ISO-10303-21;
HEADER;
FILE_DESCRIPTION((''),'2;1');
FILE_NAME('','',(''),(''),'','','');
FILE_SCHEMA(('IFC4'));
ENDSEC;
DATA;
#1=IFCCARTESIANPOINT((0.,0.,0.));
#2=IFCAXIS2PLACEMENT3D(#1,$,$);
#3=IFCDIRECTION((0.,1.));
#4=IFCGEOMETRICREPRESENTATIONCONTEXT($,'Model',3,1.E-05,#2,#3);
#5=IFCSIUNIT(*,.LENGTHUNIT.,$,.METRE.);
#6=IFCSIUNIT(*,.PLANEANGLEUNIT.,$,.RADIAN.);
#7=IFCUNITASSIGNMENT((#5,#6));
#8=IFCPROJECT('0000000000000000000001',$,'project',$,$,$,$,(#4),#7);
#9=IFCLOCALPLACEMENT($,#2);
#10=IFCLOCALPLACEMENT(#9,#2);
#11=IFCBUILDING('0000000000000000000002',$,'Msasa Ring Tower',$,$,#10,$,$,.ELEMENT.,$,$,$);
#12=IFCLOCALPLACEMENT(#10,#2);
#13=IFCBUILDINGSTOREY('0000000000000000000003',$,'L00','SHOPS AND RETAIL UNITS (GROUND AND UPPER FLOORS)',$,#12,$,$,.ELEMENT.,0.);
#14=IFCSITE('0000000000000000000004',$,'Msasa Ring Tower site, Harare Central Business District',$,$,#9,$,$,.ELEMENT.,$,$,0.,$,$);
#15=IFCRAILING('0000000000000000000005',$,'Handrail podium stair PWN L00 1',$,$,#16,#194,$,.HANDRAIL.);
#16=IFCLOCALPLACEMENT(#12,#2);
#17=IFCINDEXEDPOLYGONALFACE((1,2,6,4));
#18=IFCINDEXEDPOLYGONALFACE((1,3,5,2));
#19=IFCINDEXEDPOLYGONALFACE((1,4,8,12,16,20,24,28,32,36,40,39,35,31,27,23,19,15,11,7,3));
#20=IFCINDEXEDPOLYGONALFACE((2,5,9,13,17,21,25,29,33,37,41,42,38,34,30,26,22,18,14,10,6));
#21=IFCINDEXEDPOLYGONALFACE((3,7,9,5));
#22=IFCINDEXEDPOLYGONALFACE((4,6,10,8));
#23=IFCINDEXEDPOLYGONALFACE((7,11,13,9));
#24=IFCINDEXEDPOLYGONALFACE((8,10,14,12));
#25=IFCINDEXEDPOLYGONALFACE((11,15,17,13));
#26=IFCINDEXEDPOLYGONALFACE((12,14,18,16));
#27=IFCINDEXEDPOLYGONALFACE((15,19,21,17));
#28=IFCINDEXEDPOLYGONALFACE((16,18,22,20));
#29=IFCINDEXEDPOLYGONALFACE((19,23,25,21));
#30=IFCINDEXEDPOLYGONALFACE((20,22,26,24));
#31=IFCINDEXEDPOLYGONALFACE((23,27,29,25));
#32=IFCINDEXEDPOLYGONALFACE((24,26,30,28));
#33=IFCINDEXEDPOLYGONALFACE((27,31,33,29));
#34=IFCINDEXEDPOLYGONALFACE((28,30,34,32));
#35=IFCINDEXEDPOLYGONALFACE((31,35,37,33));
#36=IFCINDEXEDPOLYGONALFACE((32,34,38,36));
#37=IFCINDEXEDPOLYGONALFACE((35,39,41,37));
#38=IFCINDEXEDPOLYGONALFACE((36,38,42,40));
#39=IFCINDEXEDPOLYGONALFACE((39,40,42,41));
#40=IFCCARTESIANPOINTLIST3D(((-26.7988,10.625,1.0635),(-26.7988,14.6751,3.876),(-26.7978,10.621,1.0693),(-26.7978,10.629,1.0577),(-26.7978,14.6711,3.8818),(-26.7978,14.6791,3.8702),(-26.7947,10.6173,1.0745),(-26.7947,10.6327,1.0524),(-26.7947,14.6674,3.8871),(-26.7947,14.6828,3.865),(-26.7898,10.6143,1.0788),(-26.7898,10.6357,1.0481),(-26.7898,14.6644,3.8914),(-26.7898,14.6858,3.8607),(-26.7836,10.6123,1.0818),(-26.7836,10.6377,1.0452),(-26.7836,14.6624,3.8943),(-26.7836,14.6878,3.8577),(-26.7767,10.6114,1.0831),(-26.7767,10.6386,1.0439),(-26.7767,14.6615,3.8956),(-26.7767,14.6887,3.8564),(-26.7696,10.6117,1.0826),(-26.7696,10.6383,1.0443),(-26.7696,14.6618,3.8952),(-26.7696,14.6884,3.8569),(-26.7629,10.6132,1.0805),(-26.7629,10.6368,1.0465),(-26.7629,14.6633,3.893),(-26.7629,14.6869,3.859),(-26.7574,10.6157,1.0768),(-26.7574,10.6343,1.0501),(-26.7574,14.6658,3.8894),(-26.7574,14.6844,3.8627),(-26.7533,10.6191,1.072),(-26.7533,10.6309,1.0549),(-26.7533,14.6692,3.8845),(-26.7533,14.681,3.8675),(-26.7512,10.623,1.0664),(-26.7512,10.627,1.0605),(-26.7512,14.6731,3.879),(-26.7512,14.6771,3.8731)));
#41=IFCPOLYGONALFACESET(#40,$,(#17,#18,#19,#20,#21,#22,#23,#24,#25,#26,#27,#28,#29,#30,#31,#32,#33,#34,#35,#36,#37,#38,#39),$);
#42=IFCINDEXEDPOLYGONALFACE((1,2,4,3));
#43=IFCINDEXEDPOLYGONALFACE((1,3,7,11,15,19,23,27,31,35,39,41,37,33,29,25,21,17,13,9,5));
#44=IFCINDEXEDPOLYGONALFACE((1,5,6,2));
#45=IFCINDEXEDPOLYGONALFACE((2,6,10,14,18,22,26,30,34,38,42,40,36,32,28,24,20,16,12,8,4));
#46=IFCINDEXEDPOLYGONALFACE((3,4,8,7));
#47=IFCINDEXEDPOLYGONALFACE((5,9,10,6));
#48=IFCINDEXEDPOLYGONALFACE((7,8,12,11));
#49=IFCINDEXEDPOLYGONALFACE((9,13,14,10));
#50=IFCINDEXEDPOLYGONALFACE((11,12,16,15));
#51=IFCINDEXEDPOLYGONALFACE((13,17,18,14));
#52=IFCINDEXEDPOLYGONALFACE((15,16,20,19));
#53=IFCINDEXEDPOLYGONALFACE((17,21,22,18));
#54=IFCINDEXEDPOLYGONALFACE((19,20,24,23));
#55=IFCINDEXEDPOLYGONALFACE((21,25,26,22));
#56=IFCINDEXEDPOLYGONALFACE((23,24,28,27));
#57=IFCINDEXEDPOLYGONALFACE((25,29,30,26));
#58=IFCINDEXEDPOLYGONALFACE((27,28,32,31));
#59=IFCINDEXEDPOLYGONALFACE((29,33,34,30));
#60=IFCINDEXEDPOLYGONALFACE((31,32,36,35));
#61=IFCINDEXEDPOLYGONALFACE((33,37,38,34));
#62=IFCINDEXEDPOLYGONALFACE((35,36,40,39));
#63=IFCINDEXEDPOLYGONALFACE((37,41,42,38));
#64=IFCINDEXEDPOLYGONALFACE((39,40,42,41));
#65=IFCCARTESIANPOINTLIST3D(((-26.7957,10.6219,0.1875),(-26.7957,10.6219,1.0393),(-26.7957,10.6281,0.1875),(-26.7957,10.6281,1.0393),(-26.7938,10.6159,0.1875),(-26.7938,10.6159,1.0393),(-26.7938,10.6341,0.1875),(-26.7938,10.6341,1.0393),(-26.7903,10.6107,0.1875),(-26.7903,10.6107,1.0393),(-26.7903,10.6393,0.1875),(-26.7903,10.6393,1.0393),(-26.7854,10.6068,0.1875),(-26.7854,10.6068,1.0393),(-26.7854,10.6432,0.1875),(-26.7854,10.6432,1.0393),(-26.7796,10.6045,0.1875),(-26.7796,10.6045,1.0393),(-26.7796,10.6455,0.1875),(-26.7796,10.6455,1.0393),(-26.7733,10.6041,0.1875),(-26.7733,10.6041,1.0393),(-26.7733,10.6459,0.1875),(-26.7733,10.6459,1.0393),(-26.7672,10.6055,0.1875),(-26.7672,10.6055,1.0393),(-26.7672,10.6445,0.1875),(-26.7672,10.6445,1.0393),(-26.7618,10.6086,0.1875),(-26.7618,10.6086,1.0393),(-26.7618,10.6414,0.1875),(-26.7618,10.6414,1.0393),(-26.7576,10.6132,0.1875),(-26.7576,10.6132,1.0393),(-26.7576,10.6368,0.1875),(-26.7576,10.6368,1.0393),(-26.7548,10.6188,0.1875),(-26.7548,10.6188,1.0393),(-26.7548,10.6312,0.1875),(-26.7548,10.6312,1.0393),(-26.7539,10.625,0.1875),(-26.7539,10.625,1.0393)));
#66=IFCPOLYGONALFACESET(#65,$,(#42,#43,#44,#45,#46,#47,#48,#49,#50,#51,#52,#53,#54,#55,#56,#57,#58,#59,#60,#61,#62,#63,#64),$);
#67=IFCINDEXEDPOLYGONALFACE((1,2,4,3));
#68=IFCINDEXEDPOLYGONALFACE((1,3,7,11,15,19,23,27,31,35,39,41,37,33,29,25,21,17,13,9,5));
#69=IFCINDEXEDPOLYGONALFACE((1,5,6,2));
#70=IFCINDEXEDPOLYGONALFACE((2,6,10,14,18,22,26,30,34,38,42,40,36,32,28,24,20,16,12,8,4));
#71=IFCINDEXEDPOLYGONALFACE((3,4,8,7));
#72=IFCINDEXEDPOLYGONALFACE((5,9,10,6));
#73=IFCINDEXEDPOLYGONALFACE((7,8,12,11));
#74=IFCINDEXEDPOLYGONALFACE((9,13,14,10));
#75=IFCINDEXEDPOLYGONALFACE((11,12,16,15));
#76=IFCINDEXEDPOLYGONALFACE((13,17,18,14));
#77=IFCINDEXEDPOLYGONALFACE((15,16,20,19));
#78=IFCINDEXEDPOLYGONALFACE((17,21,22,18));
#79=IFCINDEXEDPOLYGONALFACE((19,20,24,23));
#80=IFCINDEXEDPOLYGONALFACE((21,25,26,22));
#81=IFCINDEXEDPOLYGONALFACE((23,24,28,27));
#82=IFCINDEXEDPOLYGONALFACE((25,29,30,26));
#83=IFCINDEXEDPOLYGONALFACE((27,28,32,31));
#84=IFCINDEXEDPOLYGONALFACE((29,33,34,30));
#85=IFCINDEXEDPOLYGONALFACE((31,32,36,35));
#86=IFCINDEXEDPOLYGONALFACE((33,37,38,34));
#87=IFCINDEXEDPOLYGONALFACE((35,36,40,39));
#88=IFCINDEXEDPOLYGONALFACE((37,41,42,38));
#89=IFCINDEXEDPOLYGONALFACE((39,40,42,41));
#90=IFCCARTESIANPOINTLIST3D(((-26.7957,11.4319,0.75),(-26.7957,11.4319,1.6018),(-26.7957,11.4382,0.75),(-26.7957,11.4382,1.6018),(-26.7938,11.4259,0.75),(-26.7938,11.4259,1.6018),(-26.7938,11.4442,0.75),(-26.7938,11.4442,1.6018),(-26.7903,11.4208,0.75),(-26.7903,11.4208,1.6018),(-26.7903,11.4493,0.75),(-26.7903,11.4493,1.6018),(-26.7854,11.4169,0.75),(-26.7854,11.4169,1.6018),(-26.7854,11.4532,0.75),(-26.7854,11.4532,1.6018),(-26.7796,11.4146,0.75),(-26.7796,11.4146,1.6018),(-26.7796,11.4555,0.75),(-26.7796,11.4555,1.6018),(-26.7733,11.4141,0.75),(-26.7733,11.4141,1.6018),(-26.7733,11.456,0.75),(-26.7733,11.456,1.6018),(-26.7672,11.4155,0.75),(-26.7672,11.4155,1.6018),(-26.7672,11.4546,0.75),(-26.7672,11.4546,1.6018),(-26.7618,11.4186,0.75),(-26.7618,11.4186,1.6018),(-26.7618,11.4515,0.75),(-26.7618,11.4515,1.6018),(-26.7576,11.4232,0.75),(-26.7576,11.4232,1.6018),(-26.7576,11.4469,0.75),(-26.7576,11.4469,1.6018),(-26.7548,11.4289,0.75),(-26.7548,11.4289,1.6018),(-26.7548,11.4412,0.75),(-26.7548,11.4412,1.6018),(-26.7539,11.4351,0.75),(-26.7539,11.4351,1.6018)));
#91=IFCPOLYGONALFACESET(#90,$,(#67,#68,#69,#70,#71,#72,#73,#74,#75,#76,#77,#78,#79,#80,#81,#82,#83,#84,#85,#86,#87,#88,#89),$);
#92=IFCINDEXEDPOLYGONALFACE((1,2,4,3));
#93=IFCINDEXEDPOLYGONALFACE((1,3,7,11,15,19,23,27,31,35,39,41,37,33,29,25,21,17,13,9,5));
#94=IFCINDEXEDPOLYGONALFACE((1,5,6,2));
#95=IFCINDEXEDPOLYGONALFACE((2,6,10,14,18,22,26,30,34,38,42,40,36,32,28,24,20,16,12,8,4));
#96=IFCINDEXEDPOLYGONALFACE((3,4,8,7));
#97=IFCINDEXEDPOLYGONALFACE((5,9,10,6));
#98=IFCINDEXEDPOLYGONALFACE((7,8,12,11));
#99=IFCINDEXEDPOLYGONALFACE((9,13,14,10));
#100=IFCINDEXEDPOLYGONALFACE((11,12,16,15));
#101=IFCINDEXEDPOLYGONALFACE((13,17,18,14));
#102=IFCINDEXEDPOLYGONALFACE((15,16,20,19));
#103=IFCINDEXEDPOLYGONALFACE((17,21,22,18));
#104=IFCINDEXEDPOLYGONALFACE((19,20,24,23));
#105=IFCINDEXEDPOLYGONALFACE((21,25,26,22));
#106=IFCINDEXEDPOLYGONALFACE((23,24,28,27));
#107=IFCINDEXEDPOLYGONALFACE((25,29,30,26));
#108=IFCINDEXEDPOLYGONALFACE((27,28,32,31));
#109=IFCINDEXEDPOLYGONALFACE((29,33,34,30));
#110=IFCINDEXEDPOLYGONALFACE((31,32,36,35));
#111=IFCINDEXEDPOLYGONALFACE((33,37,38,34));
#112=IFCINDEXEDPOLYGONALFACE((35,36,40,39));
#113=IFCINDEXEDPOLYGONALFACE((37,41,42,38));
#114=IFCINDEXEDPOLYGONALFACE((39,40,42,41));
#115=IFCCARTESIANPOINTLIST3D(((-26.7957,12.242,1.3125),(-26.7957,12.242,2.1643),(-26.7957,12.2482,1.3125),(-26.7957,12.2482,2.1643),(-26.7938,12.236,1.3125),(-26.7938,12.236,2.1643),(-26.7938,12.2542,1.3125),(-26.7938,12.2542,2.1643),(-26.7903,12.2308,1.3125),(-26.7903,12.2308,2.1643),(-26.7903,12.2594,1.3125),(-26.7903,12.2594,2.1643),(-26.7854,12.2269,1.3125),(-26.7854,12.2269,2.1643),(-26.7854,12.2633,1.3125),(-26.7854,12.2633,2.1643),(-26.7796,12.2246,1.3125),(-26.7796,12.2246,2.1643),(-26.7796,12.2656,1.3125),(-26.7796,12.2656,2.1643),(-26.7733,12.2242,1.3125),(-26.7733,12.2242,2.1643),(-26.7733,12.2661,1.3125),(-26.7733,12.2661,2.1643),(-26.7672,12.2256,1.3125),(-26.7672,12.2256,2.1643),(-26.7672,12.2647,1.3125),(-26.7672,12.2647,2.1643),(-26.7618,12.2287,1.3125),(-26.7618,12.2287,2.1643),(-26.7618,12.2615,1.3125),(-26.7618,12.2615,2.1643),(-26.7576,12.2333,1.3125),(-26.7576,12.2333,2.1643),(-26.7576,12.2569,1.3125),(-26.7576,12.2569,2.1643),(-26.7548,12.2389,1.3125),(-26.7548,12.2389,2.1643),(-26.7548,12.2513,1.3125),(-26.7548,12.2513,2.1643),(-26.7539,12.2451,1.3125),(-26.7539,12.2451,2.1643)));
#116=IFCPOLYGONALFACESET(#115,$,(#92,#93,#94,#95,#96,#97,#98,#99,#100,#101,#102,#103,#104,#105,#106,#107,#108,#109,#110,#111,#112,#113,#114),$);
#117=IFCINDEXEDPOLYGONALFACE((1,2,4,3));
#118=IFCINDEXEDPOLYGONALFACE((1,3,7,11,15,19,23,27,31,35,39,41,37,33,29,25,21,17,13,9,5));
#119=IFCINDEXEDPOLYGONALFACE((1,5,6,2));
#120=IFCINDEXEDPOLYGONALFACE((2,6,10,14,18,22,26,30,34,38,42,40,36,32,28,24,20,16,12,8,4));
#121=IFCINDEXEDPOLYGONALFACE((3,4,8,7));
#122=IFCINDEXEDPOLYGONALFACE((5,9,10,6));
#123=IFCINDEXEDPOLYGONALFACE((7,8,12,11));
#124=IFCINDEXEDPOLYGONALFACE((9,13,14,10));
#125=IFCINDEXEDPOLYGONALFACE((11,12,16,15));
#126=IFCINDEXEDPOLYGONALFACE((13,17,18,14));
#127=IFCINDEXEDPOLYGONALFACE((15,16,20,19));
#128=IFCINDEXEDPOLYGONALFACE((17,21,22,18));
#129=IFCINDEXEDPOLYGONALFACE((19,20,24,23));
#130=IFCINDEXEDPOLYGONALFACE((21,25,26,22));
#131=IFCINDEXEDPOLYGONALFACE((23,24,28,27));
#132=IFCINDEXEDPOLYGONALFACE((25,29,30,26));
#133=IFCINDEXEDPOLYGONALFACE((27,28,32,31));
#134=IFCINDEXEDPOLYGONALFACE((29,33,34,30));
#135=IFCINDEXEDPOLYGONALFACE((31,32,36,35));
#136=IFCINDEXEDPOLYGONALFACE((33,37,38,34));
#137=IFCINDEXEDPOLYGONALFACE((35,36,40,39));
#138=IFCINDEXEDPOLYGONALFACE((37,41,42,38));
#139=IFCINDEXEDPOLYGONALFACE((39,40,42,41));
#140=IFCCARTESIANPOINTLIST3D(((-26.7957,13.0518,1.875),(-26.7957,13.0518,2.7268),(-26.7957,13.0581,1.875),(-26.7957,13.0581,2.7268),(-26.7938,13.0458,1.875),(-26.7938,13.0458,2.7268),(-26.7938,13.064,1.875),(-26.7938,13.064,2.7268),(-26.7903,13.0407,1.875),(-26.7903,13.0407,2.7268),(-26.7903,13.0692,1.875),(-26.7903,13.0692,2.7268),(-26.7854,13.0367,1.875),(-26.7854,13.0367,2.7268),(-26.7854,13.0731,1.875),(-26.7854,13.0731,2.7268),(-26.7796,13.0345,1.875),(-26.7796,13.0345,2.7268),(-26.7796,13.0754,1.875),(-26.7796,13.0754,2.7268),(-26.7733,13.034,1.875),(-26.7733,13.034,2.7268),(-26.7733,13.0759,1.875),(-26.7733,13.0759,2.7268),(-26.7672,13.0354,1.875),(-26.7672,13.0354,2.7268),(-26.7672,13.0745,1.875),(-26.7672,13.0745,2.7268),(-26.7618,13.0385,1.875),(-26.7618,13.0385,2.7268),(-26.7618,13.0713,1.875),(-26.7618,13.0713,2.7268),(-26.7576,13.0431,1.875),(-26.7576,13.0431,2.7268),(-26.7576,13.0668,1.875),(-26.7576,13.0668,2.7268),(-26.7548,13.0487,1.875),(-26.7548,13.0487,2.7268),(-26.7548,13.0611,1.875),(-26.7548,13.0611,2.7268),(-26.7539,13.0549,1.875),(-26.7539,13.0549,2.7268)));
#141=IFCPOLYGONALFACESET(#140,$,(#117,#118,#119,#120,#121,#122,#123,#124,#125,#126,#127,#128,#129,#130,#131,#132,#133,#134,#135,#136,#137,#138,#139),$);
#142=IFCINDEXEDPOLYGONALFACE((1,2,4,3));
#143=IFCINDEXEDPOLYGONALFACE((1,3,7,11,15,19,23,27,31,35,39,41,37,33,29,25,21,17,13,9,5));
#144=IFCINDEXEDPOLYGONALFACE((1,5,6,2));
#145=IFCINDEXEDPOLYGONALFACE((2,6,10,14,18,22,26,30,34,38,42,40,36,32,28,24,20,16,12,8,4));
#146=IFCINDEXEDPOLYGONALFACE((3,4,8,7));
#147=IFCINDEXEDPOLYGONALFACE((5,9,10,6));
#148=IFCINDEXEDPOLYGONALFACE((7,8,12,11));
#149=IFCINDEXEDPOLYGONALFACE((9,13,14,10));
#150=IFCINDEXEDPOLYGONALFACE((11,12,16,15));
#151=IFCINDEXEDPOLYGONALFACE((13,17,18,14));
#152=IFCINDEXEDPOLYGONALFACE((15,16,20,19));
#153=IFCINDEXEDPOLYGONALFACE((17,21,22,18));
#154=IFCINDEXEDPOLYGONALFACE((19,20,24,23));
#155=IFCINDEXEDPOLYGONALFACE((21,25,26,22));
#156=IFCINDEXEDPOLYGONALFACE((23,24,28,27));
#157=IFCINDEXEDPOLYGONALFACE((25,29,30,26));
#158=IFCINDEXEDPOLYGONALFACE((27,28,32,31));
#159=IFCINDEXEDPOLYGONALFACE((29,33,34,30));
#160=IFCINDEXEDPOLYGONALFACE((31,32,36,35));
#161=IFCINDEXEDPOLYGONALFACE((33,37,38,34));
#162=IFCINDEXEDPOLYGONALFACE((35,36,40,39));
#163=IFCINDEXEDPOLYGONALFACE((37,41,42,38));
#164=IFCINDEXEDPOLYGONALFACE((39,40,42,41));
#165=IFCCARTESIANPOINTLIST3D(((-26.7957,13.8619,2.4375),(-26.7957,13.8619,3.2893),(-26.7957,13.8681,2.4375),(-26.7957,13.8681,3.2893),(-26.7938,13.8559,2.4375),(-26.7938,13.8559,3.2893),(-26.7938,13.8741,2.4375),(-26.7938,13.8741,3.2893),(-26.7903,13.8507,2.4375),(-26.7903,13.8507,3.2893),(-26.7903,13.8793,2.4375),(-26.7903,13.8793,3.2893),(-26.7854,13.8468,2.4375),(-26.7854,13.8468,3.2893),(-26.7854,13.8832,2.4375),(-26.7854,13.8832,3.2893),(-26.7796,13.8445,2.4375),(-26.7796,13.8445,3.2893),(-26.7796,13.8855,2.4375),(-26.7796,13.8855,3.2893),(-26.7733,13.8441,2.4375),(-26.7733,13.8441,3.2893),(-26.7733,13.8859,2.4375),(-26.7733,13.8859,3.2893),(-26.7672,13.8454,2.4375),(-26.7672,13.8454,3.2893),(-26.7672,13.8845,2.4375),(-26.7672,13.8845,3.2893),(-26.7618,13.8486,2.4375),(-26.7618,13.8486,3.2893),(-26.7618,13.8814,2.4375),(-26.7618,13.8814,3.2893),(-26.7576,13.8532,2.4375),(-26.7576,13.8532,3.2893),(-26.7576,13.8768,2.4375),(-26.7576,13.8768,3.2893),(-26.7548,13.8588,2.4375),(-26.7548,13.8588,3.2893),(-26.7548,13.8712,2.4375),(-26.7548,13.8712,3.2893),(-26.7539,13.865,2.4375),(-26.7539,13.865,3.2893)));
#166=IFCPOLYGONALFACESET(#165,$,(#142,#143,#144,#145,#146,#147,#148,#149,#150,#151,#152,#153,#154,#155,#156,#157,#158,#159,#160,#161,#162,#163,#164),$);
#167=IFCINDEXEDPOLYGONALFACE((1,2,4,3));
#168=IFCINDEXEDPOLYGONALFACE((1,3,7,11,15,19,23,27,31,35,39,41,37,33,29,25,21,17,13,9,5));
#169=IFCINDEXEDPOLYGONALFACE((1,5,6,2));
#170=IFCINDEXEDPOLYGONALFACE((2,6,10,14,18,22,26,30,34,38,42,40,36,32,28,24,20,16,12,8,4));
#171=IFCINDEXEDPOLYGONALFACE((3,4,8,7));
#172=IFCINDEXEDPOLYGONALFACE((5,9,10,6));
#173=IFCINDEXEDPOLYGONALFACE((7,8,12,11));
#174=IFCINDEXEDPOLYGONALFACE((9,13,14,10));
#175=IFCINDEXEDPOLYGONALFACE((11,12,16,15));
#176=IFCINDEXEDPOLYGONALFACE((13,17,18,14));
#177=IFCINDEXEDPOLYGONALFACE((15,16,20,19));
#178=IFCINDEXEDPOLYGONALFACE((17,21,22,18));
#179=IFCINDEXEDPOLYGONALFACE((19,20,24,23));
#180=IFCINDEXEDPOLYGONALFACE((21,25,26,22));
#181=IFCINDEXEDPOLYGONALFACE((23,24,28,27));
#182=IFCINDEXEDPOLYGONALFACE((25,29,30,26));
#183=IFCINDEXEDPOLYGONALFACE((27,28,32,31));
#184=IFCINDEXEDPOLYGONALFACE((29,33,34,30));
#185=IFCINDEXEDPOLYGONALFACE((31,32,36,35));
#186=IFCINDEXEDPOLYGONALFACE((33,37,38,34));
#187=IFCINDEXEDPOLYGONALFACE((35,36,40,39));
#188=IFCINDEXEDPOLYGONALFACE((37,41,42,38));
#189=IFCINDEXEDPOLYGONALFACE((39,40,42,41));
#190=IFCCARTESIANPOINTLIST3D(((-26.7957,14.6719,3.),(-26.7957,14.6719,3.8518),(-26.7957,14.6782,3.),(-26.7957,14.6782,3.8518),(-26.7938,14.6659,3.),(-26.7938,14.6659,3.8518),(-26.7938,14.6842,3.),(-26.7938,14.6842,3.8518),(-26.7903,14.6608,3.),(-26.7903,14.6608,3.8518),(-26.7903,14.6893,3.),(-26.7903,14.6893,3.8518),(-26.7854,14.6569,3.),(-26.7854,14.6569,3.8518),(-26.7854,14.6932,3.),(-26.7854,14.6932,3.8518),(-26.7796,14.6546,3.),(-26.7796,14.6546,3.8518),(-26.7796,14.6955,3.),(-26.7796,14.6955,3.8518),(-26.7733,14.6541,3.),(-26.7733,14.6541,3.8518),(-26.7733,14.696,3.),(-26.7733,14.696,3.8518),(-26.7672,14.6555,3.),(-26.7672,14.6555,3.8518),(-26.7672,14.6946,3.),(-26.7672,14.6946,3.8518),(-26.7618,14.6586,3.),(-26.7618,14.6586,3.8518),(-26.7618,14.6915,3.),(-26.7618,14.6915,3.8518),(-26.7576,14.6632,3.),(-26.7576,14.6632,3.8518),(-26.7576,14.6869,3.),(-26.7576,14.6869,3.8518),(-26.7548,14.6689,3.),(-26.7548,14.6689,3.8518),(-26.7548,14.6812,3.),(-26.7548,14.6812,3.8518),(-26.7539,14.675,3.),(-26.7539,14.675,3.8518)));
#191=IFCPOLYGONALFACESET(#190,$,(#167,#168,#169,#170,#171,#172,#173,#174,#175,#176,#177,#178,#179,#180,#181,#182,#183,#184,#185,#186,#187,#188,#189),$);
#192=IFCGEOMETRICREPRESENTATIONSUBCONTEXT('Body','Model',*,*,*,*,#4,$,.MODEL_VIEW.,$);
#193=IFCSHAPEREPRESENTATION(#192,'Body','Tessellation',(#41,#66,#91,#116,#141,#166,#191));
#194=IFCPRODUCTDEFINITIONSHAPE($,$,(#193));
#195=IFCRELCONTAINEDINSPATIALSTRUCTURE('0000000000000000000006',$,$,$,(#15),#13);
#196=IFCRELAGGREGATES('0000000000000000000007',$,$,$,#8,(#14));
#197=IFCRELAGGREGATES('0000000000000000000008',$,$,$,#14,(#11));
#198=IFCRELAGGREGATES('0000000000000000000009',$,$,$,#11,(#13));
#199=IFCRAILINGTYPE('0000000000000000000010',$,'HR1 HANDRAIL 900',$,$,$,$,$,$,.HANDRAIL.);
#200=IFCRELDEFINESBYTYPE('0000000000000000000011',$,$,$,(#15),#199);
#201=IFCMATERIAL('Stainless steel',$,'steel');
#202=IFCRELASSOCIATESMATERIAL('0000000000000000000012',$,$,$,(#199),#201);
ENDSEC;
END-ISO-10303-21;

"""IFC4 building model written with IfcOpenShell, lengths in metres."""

from ifc_helpers import new_model, si_unit, direction, frame, origin, origin_2d, place, context, subcontext, project, spatial, circle, extrude, material, type_object, element, save


model = new_model("IFC4")

# Units and contexts
model_context = context("Model", 3, precision=1e-05, world=origin(), true_north=direction((0.0, 1.0)))
body_context = subcontext(model_context, "Body", "Model", "MODEL_VIEW")
ifc_project = project(units=[si_unit("LENGTHUNIT", "METRE"), si_unit("PLANEANGLEUNIT", "RADIAN")], contexts=[model_context])

# Site, building, storey
site_placement = place(None, origin())
site = spatial("IfcSite", under=ifc_project, at=site_placement, Name="Msasa Ring Tower site, Harare Central Business District", CompositionType="ELEMENT", RefElevation=0.0)
building_placement = place(site_placement, origin())
building = spatial("IfcBuilding", under=site, at=building_placement, Name="Msasa Ring Tower", CompositionType="ELEMENT")
storey_placement = place(building_placement, origin())
storey = spatial("IfcBuildingStorey", under=building, at=storey_placement, Name="L00", Description="SHOPS AND RETAIL UNITS (GROUND AND UPPER FLOORS)", CompositionType="ELEMENT", Elevation=0.0)

# Railing
ifc_material_1 = material(Name="Stainless steel", Category="steel")
railing_type = type_object("IfcRailingType", Name="HR1 HANDRAIL 900", PredefinedType="HANDRAIL", material=ifc_material_1)
for number, where, name in (
    (1, (-26.7749, 10.625, 0.1875), "Handrail podium stair PWN L00 1"),
):
    element("IfcRailing", number, at=place(storey_placement, frame(where)), inside=storey, type_object=railing_type, Name=name, PredefinedType="HANDRAIL", context=body_context, shape_type="SweptSolid", body=[
        extrude(circle(Radius=0.0239, at=origin_2d()), frame((0.0, 0.0, 0.876), z_axis=(0.0, 0.821373, 0.570391), x_axis=(-1.0, 0.0, 0.0)), (0.0, 0.0, 1.0), 4.9309),
        extrude(circle(Radius=0.021, at=origin_2d()), origin(), (0.0, 0.0, 1.0), 0.8518),
        extrude(circle(Radius=0.021, at=origin_2d()), frame((0.0, 0.8101, 0.5625)), (0.0, 0.0, 1.0), 0.8518),
        extrude(circle(Radius=0.021, at=origin_2d()), frame((0.0, 1.6201, 1.125)), (0.0, 0.0, 1.0), 0.8518),
        extrude(circle(Radius=0.021, at=origin_2d()), frame((0.0, 2.4299, 1.6875)), (0.0, 0.0, 1.0), 0.8518),
        extrude(circle(Radius=0.021, at=origin_2d()), frame((0.0, 3.24, 2.25)), (0.0, 0.0, 1.0), 0.8518),
        extrude(circle(Radius=0.021, at=origin_2d()), frame((0.0, 4.05, 2.8125)), (0.0, 0.0, 1.0), 0.8518),
    ])

save(model, "model.ifc")
